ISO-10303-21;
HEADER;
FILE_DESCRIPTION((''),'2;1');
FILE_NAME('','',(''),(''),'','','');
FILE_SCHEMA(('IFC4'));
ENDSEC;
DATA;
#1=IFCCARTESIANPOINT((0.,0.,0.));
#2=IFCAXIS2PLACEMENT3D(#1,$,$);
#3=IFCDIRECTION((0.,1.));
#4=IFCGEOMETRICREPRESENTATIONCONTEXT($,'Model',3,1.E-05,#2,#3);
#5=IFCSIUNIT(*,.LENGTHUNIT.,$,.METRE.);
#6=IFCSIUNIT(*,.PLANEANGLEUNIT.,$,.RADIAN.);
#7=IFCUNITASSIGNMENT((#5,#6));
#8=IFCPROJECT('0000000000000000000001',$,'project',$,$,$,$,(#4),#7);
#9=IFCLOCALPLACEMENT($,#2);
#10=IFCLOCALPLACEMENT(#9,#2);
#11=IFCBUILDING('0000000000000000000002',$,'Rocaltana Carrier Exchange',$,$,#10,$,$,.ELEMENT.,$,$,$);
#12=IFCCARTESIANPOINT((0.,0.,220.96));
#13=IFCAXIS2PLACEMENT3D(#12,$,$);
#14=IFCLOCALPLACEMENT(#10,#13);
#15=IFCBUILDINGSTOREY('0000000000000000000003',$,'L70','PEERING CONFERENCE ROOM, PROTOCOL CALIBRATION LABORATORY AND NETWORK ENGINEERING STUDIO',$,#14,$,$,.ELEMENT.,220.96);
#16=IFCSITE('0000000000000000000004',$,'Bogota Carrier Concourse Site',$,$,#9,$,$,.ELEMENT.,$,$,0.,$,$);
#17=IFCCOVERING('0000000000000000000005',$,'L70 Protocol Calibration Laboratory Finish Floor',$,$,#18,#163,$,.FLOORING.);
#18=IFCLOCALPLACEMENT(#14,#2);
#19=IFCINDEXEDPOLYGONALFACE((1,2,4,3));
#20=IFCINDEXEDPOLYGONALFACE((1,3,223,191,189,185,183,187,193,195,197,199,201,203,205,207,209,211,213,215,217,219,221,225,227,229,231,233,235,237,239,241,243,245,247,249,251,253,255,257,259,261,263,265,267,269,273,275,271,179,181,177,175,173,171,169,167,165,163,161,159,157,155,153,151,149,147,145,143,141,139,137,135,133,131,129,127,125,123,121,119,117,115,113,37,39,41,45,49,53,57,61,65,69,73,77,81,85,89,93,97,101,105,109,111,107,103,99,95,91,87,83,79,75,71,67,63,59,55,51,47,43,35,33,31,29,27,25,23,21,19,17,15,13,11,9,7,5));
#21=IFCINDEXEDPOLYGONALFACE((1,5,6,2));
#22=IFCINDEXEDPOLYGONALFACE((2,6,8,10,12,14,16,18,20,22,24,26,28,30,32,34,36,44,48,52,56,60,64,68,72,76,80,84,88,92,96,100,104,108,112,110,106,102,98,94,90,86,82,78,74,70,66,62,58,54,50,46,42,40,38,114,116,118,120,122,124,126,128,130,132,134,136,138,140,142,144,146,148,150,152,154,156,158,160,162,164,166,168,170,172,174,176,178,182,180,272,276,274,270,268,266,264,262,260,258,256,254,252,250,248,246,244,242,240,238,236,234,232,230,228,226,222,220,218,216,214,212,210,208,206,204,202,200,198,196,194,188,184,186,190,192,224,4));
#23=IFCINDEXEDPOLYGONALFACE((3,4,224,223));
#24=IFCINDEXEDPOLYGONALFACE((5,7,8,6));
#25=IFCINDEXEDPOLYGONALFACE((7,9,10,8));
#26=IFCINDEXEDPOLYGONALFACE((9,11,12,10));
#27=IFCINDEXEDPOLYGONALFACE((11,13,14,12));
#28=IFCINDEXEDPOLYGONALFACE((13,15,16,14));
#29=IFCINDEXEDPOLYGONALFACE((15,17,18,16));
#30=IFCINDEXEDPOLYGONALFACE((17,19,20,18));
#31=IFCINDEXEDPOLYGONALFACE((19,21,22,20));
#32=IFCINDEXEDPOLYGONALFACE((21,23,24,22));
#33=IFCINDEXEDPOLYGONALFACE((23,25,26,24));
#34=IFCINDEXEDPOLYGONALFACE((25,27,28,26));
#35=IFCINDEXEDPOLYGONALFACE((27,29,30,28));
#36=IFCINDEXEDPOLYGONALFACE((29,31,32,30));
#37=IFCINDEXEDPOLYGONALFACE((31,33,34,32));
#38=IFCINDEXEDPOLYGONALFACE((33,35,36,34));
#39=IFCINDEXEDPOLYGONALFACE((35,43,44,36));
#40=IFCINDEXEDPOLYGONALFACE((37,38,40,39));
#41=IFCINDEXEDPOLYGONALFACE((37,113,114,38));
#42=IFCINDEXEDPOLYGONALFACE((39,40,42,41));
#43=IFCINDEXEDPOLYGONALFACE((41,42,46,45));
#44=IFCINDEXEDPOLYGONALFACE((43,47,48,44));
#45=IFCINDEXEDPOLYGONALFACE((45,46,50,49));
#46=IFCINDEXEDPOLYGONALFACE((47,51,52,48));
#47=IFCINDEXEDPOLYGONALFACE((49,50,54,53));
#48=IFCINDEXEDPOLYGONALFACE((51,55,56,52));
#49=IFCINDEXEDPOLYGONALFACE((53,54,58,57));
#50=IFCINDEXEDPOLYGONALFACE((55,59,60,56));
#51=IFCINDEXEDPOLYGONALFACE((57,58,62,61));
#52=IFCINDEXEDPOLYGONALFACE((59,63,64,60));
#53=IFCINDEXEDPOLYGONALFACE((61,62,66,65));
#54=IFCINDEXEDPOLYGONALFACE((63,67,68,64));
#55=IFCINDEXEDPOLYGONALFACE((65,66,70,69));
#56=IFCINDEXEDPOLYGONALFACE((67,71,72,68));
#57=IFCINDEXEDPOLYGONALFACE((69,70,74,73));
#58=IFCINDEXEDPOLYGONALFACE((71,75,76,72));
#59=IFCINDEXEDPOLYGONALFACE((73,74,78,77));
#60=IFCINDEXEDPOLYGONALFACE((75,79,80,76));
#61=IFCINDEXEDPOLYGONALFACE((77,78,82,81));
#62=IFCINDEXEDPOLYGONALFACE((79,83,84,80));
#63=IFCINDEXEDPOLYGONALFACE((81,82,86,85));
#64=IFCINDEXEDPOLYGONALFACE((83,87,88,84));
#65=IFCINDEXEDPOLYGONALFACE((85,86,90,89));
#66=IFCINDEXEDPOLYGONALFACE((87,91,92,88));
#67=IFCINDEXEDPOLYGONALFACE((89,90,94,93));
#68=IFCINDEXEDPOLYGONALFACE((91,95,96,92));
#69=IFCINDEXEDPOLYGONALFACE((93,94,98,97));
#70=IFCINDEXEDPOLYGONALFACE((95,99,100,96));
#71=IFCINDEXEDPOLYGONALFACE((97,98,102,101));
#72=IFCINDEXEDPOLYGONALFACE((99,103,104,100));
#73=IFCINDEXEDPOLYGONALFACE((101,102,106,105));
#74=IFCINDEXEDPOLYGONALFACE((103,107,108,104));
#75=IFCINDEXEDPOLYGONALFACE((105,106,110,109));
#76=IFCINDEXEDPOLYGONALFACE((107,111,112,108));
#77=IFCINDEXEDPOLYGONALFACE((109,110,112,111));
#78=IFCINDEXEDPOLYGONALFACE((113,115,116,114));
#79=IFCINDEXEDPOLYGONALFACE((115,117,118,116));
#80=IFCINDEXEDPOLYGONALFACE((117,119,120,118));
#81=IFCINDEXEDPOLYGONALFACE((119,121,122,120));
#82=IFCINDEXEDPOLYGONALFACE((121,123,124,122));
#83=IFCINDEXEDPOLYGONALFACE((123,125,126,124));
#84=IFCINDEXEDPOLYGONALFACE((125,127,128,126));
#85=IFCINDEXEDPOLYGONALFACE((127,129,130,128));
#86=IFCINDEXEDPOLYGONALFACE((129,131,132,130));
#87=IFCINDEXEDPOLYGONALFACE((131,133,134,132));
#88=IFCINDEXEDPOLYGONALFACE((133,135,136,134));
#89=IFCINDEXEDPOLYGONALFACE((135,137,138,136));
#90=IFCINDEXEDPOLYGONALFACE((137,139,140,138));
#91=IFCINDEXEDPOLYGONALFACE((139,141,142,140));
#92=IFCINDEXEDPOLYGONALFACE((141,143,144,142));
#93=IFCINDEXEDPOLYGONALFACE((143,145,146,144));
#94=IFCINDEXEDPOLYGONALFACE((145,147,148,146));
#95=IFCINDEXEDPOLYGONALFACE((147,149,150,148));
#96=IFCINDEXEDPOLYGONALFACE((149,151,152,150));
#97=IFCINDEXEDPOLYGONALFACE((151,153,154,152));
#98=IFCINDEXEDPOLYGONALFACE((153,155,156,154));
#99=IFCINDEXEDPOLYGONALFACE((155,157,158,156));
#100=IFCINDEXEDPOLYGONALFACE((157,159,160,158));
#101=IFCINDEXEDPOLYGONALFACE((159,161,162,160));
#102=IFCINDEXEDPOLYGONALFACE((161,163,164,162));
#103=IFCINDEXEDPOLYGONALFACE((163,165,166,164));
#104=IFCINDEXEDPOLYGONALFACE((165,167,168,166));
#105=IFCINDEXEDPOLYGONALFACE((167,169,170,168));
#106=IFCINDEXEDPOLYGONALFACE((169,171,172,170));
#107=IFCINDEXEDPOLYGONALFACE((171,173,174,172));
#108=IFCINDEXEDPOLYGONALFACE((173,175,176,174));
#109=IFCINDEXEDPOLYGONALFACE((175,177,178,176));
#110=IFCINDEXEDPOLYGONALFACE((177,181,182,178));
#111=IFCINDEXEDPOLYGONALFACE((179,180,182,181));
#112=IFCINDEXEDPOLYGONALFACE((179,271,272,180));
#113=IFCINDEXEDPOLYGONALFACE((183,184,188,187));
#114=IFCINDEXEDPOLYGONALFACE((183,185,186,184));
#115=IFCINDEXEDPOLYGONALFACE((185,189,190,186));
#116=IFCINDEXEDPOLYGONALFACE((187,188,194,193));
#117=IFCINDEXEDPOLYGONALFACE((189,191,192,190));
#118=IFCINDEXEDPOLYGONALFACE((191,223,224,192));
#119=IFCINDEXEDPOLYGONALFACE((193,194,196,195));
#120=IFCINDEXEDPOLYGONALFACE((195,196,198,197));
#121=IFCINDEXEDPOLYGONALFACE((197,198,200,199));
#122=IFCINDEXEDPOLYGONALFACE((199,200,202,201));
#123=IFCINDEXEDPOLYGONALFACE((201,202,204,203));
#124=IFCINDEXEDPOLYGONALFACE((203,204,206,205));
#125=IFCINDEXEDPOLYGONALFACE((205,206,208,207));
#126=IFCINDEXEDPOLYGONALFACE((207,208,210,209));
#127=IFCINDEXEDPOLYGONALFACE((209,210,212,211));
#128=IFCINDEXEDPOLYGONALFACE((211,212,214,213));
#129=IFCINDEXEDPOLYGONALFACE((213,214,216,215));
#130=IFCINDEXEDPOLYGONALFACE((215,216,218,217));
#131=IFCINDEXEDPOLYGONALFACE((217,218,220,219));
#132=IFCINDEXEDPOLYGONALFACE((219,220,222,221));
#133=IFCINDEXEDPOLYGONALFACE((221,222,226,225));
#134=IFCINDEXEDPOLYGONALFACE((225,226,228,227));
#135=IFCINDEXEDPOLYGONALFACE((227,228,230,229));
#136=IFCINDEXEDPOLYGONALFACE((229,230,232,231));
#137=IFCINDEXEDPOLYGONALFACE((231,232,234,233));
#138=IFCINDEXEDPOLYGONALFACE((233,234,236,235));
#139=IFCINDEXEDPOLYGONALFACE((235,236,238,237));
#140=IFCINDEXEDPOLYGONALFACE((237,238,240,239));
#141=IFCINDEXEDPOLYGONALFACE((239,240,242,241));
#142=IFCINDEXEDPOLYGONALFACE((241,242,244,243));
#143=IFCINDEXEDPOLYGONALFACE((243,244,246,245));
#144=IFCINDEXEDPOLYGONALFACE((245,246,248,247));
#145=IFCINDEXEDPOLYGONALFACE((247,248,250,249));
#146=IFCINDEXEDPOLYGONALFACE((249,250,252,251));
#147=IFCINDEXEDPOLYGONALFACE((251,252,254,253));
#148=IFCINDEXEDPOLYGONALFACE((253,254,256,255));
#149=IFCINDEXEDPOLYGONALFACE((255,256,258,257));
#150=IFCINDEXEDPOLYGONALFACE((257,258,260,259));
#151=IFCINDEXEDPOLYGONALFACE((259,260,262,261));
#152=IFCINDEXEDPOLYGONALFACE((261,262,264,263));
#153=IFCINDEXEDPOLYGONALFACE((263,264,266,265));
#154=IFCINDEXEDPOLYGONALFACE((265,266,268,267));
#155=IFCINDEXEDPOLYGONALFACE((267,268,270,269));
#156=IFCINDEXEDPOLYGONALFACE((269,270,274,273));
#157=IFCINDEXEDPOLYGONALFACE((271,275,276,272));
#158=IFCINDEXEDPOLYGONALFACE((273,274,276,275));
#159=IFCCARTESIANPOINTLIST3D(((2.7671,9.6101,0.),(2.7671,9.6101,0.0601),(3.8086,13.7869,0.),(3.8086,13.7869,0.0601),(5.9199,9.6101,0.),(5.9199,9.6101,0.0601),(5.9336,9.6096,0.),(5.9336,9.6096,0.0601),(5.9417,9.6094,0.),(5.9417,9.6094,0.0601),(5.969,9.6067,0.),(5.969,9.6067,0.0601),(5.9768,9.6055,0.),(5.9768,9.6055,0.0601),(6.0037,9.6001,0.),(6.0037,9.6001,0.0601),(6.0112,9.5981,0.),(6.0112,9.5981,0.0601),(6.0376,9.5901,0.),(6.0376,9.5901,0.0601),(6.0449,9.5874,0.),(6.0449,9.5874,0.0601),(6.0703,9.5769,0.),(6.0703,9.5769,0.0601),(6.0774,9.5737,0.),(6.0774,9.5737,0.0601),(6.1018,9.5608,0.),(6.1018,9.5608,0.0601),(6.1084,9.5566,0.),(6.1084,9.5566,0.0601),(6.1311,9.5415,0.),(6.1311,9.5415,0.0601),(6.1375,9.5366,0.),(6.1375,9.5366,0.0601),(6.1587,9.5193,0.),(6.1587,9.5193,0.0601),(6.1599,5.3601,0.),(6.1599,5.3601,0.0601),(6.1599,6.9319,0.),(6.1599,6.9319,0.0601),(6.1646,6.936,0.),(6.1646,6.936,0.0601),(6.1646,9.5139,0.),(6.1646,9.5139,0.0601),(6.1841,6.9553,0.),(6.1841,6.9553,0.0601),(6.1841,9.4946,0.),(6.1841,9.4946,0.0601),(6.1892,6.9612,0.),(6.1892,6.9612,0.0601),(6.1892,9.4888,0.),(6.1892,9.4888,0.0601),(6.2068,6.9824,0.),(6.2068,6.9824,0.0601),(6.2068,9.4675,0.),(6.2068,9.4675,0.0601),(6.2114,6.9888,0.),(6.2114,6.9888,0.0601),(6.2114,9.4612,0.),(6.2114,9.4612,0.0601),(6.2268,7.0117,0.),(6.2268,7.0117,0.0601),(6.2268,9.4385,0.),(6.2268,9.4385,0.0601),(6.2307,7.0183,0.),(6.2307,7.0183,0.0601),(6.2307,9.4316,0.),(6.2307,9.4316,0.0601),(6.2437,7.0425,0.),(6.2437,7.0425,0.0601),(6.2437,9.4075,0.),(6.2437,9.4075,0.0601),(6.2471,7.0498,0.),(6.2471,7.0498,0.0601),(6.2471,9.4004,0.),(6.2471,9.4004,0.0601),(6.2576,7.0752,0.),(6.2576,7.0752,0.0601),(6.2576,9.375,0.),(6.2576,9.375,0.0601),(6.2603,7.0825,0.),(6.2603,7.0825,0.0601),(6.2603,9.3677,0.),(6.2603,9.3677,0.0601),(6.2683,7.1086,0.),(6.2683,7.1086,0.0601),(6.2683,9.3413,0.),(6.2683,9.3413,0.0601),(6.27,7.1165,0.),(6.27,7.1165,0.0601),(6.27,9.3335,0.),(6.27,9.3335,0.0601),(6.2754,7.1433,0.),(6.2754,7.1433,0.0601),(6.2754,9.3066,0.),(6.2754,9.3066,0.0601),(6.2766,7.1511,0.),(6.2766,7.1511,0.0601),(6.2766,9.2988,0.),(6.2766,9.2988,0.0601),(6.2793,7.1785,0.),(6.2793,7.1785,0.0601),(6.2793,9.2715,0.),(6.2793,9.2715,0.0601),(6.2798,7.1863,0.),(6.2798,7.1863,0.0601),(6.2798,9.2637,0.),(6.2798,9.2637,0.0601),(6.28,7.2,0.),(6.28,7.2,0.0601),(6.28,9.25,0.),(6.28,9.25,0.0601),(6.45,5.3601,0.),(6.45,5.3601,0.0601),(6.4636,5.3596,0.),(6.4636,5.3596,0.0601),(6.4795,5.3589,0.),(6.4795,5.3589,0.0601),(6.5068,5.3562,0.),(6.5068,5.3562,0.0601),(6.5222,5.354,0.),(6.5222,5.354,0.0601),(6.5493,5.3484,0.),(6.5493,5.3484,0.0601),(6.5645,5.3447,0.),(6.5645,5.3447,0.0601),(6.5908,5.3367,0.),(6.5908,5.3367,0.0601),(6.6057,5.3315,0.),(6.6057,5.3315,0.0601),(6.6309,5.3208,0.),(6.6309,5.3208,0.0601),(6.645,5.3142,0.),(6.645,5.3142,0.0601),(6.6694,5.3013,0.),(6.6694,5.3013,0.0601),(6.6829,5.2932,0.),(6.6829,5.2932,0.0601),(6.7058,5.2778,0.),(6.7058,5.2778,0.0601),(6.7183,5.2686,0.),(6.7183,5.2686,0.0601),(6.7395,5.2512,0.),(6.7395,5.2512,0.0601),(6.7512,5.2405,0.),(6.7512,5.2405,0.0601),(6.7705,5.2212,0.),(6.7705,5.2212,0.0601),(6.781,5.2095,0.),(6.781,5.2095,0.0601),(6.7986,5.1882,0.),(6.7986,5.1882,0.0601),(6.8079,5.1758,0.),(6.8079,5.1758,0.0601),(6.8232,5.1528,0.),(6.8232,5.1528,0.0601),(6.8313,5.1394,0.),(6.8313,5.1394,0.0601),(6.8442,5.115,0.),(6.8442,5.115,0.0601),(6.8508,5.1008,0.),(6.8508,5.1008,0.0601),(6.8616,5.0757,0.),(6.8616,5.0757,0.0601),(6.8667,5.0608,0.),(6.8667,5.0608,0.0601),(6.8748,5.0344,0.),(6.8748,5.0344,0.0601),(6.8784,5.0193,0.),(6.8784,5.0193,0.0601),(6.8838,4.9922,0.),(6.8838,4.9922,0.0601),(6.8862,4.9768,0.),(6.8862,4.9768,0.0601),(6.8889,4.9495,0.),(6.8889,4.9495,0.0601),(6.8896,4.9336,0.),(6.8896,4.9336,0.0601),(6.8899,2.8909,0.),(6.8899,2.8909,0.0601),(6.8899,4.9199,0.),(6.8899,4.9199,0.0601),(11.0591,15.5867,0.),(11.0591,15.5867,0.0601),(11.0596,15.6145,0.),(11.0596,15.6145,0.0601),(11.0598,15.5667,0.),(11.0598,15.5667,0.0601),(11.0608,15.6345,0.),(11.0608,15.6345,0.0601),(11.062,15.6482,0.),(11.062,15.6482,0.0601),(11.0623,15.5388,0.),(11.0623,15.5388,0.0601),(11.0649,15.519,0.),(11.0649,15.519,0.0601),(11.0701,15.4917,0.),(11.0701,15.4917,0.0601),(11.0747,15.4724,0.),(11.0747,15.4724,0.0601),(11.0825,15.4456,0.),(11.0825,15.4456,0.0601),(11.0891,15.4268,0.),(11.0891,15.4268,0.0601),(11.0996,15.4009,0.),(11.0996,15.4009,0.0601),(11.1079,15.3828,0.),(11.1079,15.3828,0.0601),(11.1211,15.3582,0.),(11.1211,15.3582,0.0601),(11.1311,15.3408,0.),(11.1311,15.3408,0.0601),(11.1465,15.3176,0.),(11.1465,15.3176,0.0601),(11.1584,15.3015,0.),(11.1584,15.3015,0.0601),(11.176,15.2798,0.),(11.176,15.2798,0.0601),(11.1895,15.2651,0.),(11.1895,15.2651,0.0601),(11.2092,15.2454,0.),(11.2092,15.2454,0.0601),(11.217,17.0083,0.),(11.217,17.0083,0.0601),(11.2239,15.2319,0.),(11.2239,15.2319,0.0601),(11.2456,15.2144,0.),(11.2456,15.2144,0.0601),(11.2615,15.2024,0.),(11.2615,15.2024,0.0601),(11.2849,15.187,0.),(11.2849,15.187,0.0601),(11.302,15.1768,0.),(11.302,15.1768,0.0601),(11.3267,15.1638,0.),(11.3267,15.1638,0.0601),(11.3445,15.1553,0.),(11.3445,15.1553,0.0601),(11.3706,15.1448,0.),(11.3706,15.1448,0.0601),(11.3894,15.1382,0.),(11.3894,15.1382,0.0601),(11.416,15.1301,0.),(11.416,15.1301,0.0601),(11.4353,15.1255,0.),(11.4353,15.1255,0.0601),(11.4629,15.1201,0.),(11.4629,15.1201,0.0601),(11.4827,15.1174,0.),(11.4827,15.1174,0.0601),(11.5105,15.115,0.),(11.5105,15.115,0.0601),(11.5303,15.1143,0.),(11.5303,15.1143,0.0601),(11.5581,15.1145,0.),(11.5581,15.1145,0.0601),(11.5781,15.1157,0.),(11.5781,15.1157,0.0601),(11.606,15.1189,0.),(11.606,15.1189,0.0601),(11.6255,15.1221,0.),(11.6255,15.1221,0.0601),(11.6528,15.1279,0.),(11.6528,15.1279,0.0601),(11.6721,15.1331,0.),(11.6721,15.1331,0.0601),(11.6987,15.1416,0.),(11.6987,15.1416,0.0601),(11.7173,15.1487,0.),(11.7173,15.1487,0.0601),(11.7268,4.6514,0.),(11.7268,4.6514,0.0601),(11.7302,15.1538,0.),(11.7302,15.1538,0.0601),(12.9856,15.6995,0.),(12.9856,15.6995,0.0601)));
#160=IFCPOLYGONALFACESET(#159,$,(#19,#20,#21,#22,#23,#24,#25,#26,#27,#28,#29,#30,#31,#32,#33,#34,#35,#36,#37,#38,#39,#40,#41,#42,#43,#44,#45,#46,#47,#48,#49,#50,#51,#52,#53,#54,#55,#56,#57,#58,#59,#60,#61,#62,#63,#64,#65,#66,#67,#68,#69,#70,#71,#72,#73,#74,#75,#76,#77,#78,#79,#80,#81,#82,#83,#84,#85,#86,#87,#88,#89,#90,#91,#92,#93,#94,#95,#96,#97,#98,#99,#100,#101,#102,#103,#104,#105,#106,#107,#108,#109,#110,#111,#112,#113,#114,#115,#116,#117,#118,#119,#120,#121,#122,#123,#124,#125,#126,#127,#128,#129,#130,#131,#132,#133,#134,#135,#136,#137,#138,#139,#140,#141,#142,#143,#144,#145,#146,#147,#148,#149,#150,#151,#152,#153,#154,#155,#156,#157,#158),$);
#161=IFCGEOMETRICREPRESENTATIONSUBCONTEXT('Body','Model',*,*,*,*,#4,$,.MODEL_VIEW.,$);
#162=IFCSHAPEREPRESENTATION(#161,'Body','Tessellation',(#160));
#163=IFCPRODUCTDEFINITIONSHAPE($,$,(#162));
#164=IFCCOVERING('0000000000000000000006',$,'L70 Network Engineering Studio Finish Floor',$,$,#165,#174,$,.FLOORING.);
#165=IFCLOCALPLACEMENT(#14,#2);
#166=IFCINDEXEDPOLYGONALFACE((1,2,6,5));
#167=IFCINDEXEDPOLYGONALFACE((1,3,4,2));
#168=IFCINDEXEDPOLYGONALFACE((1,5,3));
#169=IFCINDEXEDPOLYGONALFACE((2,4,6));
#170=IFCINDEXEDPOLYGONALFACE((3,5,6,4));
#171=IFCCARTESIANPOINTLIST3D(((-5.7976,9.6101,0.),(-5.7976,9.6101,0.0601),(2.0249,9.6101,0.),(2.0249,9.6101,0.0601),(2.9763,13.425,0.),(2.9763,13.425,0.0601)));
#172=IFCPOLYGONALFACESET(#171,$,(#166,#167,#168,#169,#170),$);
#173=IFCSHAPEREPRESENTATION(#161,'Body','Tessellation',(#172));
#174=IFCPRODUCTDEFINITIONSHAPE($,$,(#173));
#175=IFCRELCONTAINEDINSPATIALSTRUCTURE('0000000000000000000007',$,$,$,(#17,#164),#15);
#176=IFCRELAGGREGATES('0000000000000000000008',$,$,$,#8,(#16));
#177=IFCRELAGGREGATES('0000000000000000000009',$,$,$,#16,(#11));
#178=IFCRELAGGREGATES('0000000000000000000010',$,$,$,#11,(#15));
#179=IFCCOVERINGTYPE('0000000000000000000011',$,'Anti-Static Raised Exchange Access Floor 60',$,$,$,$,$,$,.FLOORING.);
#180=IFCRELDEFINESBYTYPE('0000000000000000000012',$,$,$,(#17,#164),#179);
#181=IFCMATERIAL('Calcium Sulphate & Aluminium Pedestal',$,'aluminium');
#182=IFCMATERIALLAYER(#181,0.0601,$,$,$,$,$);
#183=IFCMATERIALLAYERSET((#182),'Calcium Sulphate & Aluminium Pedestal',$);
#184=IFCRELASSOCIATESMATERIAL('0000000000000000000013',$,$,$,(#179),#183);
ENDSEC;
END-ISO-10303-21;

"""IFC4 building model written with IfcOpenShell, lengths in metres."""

from ifc_helpers import new_model, si_unit, direction, frame, origin, place, context, subcontext, project, spatial, polyline, outline, extrude, material, layer, layer_set, type_object, element, save


model = new_model("IFC4")

# Units and contexts
model_context = context("Model", 3, precision=1e-05, world=origin(), true_north=direction((0.0, 1.0)))
body_context = subcontext(model_context, "Body", "Model", "MODEL_VIEW")
ifc_project = project(units=[si_unit("LENGTHUNIT", "METRE"), si_unit("PLANEANGLEUNIT", "RADIAN")], contexts=[model_context])

# Site, building, storey
site_placement = place(None, origin())
site = spatial("IfcSite", under=ifc_project, at=site_placement, Name="Bogota Carrier Concourse Site", CompositionType="ELEMENT", RefElevation=0.0)
building_placement = place(site_placement, origin())
building = spatial("IfcBuilding", under=site, at=building_placement, Name="Rocaltana Carrier Exchange", CompositionType="ELEMENT")
storey_placement = place(building_placement, frame((0.0, 0.0, 220.96)))
storey = spatial("IfcBuildingStorey", under=building, at=storey_placement, Name="L70", Description="PEERING CONFERENCE ROOM, PROTOCOL CALIBRATION LABORATORY AND NETWORK ENGINEERING STUDIO", CompositionType="ELEMENT", Elevation=220.96)

# Coverings
ifc_material_1 = material(Name="Calcium Sulphate & Aluminium Pedestal", Category="aluminium")
ifc_layer_1 = layer(ifc_material_1, 0.0601)
ifc_layer_set_1 = layer_set([ifc_layer_1], Name="Calcium Sulphate & Aluminium Pedestal")
covering_type_1 = type_object("IfcCoveringType", Name="Anti-Static Raised Exchange Access Floor 60", PredefinedType="FLOORING", material=ifc_layer_set_1)
covering_1_placement = place(storey_placement, origin())
element("IfcCovering", 1, at=covering_1_placement, inside=storey, type_object=covering_type_1, Name="L70 Protocol Calibration Laboratory Finish Floor", PredefinedType="FLOORING", context=body_context, shape_type="SweptSolid", body=[
    extrude(outline(polyline([(6.1599, 6.9319), (6.1646, 6.936), (6.1841, 6.9553), (6.1892, 6.9612), (6.2068, 6.9824), (6.2114, 6.9888), (6.2268, 7.0117), (6.2307, 7.0183), (6.2437, 7.0425), (6.2471, 7.0498), (6.2576, 7.0752), (6.2603, 7.0825), (6.2683, 7.1086), (6.27, 7.1165), (6.2754, 7.1433), (6.2766, 7.1511), (6.2793, 7.1785), (6.2798, 7.1863), (6.28, 7.2), (6.28, 9.25), (6.2798, 9.2637), (6.2793, 9.2715), (6.2766, 9.2988), (6.2754, 9.3066), (6.27, 9.3335), (6.2683, 9.3413), (6.2603, 9.3677), (6.2576, 9.375), (6.2471, 9.4004), (6.2437, 9.4075), (6.2307, 9.4316), (6.2268, 9.4385), (6.2114, 9.4612), (6.2068, 9.4675), (6.1892, 9.4888), (6.1841, 9.4946), (6.1646, 9.5139), (6.1587, 9.5193), (6.1375, 9.5366), (6.1311, 9.5415), (6.1084, 9.5566), (6.1018, 9.5608), (6.0774, 9.5737), (6.0703, 9.5769), (6.0449, 9.5874), (6.0376, 9.5901), (6.0112, 9.5981), (6.0037, 9.6001), (5.9768, 9.6055), (5.969, 9.6067), (5.9417, 9.6094), (5.9336, 9.6096), (5.9199, 9.6101), (2.7671, 9.6101), (3.8086, 13.7869), (11.217, 17.0083), (11.062, 15.6482), (11.0608, 15.6345), (11.0596, 15.6145), (11.0591, 15.5867), (11.0598, 15.5667), (11.0623, 15.5388), (11.0649, 15.519), (11.0701, 15.4917), (11.0747, 15.4724), (11.0825, 15.4456), (11.0891, 15.4268), (11.0996, 15.4009), (11.1079, 15.3828), (11.1211, 15.3582), (11.1311, 15.3408), (11.1465, 15.3176), (11.1584, 15.3015), (11.176, 15.2798), (11.1895, 15.2651), (11.2092, 15.2454), (11.2239, 15.2319), (11.2456, 15.2144), (11.2615, 15.2024), (11.2849, 15.187), (11.302, 15.1768), (11.3267, 15.1638), (11.3445, 15.1553), (11.3706, 15.1448), (11.3894, 15.1382), (11.416, 15.1301), (11.4353, 15.1255), (11.4629, 15.1201), (11.4827, 15.1174), (11.5105, 15.115), (11.5303, 15.1143), (11.5581, 15.1145), (11.5781, 15.1157), (11.606, 15.1189), (11.6255, 15.1221), (11.6528, 15.1279), (11.6721, 15.1331), (11.6987, 15.1416), (11.7173, 15.1487), (11.7302, 15.1538), (12.9856, 15.6995), (11.7268, 4.6514), (6.8899, 2.8909), (6.8899, 4.9199), (6.8896, 4.9336), (6.8889, 4.9495), (6.8862, 4.9768), (6.8838, 4.9922), (6.8784, 5.0193), (6.8748, 5.0344), (6.8667, 5.0608), (6.8616, 5.0757), (6.8508, 5.1008), (6.8442, 5.115), (6.8313, 5.1394), (6.8232, 5.1528), (6.8079, 5.1758), (6.7986, 5.1882), (6.781, 5.2095), (6.7705, 5.2212), (6.7512, 5.2405), (6.7395, 5.2512), (6.7183, 5.2686), (6.7058, 5.2778), (6.6829, 5.2932), (6.6694, 5.3013), (6.645, 5.3142), (6.6309, 5.3208), (6.6057, 5.3315), (6.5908, 5.3367), (6.5645, 5.3447), (6.5493, 5.3484), (6.5222, 5.354), (6.5068, 5.3562), (6.4795, 5.3589), (6.4636, 5.3596), (6.45, 5.3601), (6.1599, 5.3601), (6.1599, 6.9319)])), origin(), (0.0, 0.0, 1.0), 0.0601),
])
covering_2_placement = place(storey_placement, origin())
element("IfcCovering", 2, at=covering_2_placement, inside=storey, type_object=covering_type_1, Name="L70 Network Engineering Studio Finish Floor", PredefinedType="FLOORING", context=body_context, shape_type="SweptSolid", body=[
    extrude(outline(polyline([(-5.7976, 9.6101), (2.9763, 13.425), (2.0249, 9.6101), (-5.7976, 9.6101)])), origin(), (0.0, 0.0, 1.0), 0.0601),
])

save(model, "model.ifc")
